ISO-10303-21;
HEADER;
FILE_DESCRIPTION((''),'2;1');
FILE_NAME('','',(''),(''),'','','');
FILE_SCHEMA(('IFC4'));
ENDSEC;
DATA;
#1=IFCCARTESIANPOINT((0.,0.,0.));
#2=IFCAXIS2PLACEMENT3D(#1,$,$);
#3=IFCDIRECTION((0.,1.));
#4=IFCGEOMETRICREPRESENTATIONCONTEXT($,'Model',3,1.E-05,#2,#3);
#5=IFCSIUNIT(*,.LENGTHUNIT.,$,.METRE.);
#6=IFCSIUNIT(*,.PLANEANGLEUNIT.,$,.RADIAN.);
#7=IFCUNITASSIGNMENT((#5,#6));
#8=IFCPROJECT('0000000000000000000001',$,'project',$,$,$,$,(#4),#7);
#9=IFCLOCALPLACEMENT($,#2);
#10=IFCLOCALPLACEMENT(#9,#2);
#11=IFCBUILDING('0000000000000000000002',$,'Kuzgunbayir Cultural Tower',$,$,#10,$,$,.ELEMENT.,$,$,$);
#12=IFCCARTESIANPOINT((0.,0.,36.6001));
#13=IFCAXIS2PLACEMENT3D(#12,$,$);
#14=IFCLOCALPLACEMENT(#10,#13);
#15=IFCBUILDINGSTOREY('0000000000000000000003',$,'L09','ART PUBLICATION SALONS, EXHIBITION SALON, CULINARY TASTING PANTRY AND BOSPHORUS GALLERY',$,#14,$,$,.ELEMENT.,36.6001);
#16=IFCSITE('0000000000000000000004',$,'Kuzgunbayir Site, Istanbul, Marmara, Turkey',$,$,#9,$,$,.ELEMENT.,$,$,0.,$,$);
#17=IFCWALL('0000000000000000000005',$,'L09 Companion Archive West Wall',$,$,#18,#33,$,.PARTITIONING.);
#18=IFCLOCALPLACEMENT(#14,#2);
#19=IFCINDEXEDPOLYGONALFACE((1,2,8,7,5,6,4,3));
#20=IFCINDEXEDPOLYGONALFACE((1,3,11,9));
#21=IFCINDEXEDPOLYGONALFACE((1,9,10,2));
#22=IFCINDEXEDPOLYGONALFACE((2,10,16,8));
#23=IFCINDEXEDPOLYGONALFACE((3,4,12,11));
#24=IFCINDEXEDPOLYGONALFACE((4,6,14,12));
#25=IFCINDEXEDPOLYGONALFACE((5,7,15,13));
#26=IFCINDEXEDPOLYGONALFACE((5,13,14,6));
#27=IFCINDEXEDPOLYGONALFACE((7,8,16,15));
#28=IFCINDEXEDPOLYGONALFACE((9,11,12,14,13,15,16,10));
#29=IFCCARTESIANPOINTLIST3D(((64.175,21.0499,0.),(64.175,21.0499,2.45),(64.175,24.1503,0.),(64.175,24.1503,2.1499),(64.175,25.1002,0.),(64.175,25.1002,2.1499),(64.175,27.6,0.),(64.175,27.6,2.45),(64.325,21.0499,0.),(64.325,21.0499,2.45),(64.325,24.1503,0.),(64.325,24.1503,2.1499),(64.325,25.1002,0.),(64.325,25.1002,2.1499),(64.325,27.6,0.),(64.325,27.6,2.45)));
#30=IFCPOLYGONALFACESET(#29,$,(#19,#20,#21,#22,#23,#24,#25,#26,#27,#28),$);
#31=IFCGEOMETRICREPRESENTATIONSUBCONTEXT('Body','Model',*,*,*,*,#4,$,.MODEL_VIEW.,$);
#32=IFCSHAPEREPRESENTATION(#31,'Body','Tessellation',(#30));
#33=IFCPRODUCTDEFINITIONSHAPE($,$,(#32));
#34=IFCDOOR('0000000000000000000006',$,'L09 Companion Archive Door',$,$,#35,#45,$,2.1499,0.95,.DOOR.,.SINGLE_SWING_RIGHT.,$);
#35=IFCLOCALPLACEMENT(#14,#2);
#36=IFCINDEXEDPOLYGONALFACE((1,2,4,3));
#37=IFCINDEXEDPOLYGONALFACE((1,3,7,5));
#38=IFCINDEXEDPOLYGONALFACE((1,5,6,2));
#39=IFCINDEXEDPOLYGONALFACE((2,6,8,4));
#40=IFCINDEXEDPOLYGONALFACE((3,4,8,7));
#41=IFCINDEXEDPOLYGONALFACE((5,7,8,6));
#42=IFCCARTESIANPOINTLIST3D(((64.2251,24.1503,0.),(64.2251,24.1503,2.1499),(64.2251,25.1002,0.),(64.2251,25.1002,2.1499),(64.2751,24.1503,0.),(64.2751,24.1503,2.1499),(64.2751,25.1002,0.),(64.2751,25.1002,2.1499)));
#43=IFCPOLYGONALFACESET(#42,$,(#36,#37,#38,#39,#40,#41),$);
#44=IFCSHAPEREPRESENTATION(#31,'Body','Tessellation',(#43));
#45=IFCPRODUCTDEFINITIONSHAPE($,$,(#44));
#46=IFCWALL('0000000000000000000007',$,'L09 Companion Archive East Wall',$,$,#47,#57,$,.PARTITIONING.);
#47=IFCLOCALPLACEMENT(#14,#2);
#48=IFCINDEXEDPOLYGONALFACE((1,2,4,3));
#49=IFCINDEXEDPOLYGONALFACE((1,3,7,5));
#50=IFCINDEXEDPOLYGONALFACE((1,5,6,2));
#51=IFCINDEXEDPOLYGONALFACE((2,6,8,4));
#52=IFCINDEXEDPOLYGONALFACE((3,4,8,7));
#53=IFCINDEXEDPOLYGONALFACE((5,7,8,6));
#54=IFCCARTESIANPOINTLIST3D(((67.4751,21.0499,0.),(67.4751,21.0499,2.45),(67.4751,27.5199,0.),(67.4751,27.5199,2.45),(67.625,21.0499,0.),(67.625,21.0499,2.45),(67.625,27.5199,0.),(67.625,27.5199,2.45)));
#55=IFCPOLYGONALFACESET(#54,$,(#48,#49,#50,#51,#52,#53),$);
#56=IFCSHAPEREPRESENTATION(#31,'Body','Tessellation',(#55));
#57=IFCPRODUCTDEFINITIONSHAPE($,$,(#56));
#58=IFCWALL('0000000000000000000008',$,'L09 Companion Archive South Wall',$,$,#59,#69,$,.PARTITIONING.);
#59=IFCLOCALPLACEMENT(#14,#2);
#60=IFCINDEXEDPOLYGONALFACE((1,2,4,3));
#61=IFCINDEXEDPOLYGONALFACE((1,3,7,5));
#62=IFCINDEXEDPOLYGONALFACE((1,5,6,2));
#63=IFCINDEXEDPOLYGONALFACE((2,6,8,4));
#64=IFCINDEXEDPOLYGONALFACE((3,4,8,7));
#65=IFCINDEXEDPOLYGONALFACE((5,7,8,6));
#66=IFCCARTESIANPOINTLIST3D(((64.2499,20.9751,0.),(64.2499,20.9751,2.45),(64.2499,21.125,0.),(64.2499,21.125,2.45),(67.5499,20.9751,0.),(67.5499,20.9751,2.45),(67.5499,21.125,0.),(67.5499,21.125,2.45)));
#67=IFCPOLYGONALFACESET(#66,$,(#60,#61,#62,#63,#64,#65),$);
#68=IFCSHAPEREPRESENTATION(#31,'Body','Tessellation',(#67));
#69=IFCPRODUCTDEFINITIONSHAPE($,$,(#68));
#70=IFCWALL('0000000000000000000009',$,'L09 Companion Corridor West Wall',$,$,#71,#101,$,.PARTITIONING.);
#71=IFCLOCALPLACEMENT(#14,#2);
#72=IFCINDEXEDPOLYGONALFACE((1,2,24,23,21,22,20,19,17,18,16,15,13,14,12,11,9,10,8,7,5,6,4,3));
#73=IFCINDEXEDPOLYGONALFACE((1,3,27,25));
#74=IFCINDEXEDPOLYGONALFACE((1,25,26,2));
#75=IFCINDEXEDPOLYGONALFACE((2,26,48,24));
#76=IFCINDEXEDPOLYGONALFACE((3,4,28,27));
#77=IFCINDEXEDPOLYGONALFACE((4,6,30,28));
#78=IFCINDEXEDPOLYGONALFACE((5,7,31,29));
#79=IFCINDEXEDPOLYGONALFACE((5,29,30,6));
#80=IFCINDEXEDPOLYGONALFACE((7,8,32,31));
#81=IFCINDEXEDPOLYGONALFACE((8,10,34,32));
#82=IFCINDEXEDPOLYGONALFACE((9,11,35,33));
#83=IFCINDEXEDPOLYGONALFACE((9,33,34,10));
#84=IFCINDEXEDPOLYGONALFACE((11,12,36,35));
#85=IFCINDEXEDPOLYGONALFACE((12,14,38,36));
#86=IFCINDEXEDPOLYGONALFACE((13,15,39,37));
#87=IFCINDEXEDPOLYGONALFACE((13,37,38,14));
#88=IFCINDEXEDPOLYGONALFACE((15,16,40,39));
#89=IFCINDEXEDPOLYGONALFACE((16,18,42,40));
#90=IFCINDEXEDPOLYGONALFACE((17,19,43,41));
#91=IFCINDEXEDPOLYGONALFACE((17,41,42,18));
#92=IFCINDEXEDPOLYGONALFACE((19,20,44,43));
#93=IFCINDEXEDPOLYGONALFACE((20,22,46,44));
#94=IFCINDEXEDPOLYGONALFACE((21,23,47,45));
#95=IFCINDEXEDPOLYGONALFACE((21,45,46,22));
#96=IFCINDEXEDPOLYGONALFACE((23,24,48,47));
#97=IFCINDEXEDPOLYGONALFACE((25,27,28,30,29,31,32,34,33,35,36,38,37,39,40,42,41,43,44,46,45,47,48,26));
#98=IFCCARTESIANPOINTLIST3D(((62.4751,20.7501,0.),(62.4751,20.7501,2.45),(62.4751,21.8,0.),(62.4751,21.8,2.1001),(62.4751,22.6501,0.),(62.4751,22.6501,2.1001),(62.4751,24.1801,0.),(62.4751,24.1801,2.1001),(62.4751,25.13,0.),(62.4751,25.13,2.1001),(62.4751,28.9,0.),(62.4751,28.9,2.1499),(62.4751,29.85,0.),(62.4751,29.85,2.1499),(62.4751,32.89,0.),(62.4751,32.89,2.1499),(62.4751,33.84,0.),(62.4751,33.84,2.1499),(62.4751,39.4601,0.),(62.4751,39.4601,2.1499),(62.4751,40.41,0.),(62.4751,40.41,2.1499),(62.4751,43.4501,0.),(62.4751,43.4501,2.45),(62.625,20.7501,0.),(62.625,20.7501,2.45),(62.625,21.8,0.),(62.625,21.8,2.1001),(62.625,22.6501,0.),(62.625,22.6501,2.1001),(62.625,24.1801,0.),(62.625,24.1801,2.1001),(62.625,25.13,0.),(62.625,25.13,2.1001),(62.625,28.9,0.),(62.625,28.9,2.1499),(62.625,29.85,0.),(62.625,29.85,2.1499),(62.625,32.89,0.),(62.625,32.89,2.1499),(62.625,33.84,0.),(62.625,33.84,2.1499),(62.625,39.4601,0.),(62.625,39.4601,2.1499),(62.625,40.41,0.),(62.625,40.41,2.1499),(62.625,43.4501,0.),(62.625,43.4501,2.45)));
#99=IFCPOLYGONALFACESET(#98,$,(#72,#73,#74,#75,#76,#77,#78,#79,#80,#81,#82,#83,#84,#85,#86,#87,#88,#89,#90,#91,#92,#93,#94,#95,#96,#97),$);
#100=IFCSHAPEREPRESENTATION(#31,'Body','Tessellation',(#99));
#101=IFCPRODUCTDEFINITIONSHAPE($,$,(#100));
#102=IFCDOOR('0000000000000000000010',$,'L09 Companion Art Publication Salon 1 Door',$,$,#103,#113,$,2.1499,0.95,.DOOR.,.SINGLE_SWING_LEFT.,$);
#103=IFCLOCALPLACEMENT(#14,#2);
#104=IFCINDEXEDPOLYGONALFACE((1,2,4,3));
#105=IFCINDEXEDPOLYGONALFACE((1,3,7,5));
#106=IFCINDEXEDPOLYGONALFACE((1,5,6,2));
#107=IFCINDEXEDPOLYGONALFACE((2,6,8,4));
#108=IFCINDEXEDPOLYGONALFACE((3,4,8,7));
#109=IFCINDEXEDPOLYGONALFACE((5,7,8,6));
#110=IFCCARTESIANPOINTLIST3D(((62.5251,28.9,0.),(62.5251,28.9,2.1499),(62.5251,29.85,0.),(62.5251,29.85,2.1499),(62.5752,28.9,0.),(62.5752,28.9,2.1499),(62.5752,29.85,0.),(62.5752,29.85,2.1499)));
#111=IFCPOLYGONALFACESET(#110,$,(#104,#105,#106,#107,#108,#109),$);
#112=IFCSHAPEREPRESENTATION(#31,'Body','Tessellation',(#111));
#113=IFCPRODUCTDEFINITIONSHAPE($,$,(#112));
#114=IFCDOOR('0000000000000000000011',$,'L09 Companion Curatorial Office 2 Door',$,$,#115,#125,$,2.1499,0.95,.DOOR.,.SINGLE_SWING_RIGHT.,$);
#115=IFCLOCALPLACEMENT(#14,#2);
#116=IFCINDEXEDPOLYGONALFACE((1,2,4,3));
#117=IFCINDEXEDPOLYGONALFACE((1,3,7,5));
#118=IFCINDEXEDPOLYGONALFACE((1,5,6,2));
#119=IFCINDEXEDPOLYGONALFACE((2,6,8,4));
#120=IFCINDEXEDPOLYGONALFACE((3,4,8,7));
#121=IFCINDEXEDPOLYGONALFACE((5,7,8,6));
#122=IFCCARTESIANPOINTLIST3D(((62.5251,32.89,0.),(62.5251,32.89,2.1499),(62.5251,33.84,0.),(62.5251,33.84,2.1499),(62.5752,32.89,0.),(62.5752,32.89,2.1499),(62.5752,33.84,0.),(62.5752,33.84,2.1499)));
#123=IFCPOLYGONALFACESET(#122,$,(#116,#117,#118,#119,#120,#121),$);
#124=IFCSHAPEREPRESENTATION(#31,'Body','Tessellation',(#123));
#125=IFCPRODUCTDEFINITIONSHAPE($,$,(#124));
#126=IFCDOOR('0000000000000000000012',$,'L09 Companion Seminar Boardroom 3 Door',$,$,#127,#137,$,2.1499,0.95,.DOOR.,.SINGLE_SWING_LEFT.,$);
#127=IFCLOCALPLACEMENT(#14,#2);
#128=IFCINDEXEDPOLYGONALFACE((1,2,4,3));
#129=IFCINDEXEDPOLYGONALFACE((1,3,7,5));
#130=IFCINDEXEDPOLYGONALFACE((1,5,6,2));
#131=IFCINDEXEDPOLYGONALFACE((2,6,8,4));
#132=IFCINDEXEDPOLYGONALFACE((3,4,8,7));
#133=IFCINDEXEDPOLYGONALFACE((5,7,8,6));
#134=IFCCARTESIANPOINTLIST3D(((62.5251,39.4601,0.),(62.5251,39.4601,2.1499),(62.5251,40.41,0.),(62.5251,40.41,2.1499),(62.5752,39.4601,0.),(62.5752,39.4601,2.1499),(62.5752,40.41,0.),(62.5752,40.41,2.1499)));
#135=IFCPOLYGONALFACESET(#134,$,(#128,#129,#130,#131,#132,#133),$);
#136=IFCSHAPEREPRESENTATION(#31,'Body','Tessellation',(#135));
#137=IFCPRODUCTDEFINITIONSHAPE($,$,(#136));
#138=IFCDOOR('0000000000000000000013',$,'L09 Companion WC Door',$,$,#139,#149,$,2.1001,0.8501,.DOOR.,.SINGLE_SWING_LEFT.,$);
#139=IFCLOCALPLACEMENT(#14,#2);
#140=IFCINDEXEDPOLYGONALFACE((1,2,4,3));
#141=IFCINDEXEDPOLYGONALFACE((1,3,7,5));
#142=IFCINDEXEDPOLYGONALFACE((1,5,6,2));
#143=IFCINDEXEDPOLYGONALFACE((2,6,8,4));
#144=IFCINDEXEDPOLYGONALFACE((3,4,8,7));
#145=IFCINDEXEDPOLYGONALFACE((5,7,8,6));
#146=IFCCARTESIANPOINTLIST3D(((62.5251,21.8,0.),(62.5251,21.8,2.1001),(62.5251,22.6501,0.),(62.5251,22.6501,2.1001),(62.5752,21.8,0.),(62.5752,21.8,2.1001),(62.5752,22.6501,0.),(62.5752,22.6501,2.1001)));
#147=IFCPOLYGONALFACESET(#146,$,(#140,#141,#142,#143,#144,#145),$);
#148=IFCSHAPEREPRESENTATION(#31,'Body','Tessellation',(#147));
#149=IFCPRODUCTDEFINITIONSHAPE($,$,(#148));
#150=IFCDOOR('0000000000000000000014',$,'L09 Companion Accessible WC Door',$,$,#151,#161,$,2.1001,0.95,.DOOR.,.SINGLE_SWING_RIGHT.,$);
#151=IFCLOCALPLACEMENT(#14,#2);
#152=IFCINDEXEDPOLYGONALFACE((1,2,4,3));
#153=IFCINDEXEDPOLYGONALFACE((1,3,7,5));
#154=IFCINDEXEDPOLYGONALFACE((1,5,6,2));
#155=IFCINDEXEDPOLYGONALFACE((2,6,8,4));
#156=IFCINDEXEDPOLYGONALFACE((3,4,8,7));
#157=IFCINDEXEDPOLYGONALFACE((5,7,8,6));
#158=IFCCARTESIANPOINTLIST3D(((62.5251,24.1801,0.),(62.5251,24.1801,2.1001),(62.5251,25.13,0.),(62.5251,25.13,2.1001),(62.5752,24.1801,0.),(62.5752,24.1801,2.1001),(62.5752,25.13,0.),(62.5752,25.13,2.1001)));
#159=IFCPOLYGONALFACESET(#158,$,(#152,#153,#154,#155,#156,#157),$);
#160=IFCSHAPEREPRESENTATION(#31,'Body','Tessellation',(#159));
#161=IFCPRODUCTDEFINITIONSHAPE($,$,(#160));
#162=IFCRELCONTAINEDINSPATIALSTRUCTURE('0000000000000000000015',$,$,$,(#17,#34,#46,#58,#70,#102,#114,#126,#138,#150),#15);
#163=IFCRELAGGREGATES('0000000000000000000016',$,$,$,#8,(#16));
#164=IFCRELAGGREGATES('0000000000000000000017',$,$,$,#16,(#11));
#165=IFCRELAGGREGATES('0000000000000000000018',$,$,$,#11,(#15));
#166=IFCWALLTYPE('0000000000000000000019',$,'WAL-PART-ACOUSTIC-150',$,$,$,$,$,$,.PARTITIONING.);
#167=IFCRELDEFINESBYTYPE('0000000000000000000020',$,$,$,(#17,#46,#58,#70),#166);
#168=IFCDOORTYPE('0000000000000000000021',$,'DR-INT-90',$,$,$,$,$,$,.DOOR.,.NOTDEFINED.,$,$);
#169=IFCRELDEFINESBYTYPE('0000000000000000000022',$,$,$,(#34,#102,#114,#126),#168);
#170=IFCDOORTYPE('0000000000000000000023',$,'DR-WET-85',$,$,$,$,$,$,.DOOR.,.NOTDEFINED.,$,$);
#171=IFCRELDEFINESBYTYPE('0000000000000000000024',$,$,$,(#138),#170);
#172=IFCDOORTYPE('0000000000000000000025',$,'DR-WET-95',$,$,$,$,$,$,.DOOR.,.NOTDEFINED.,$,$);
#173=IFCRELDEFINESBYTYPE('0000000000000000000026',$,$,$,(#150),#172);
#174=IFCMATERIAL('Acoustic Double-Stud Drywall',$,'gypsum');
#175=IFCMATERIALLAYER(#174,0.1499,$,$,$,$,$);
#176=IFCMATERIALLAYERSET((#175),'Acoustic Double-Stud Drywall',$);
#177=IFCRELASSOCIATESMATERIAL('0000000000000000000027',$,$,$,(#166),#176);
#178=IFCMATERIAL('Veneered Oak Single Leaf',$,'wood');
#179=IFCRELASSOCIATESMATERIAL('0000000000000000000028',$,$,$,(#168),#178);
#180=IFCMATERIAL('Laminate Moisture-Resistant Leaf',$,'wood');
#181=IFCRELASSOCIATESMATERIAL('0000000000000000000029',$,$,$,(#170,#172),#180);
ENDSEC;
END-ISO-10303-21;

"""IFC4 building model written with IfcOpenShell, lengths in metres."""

from ifc_helpers import new_model, si_unit, direction, frame, frame_2d, origin, place, context, subcontext, project, spatial, rectangle, extrude, material, layer, layer_set, type_object, element, fill, save


model = new_model("IFC4")

# Units and contexts
model_context = context("Model", 3, precision=1e-05, world=origin(), true_north=direction((0.0, 1.0)))
body_context = subcontext(model_context, "Body", "Model", "MODEL_VIEW")
ifc_project = project(units=[si_unit("LENGTHUNIT", "METRE"), si_unit("PLANEANGLEUNIT", "RADIAN")], contexts=[model_context])

# Site, building, storey
site_placement = place(None, origin())
site = spatial("IfcSite", under=ifc_project, at=site_placement, Name="Kuzgunbayir Site, Istanbul, Marmara, Turkey", CompositionType="ELEMENT", RefElevation=0.0)
building_placement = place(site_placement, origin())
building = spatial("IfcBuilding", under=site, at=building_placement, Name="Kuzgunbayir Cultural Tower", CompositionType="ELEMENT")
storey_placement = place(building_placement, frame((0.0, 0.0, 36.6001)))
storey = spatial("IfcBuildingStorey", under=building, at=storey_placement, Name="L09", Description="ART PUBLICATION SALONS, EXHIBITION SALON, CULINARY TASTING PANTRY AND BOSPHORUS GALLERY", CompositionType="ELEMENT", Elevation=36.6001)

# Wall, opening, door
ifc_material_1 = material(Name="Acoustic Double-Stud Drywall", Category="gypsum")
ifc_layer_1 = layer(ifc_material_1, 0.1499)
ifc_layer_set_1 = layer_set([ifc_layer_1], Name="Acoustic Double-Stud Drywall")
wall_type_1 = type_object("IfcWallType", Name="WAL-PART-ACOUSTIC-150", PredefinedType="PARTITIONING", material=ifc_layer_set_1)
wall_1_placement = place(storey_placement, frame((64.25, 21.05, 0.0), z_axis=(0.0, 0.0, 1.0), x_axis=(0.0, 1.0, 0.0)))
wall_1 = element("IfcWall", 1, at=wall_1_placement, inside=storey, type_object=wall_type_1, Name="L09 Companion Archive West Wall", PredefinedType="PARTITIONING", context=body_context, shape_type="SweptSolid", body=[
    extrude(rectangle(XDim=6.55, YDim=0.1499, at=frame_2d((3.2749, 0.0))), origin(), (0.0, 0.0, 1.0), 2.45),
])
opening_1_placement = place(wall_1_placement, frame((3.1001, 0.0, 0.0)))
opening_1 = element("IfcOpeningElement", 2, at=opening_1_placement, cuts=wall_1, PredefinedType="OPENING", context=body_context, shape_type="SweptSolid", body=[
    extrude(rectangle(XDim=0.95, YDim=2.1499, at=frame_2d((0.4751, 1.075))), frame((0.0, 0.085, 0.0), z_axis=(0.0, -1.0, 0.0), x_axis=(1.0, 0.0, 0.0)), (0.0, 0.0, 1.0), 0.1699),
])
ifc_material_2 = material(Name="Veneered Oak Single Leaf", Category="wood")
door_type_1 = type_object("IfcDoorType", Name="DR-INT-90", OperationType="NOTDEFINED", PredefinedType="DOOR", material=ifc_material_2)
door_1_placement = place(opening_1_placement, origin())
door_1 = element("IfcDoor", 3, at=door_1_placement, inside=storey, type_object=door_type_1, Name="L09 Companion Archive Door", OperationType="SINGLE_SWING_RIGHT", OverallHeight=2.1499, OverallWidth=0.95, PredefinedType="DOOR", context=body_context, shape_type="SweptSolid", body=[
    extrude(rectangle(XDim=0.95, YDim=2.1499, at=frame_2d((0.4751, 1.075))), frame((0.0, 0.0249, 0.0), z_axis=(0.0, -1.0, 0.0), x_axis=(1.0, 0.0, 0.0)), (0.0, 0.0, 1.0), 0.05),
])
fill(opening_1, door_1)

# Walls
wall_2_placement = place(storey_placement, frame((67.55, 21.05, 0.0), z_axis=(0.0, 0.0, 1.0), x_axis=(0.0, 1.0, 0.0)))
element("IfcWall", 4, at=wall_2_placement, inside=storey, type_object=wall_type_1, Name="L09 Companion Archive East Wall", PredefinedType="PARTITIONING", context=body_context, shape_type="SweptSolid", body=[
    extrude(rectangle(XDim=6.47, YDim=0.1499, at=frame_2d((3.2349, 0.0))), origin(), (0.0, 0.0, 1.0), 2.45),
])
wall_3_placement = place(storey_placement, frame((64.25, 21.05, 0.0), z_axis=(0.0, 0.0, 1.0), x_axis=(1.0, 0.0, 0.0)))
element("IfcWall", 5, at=wall_3_placement, inside=storey, type_object=wall_type_1, Name="L09 Companion Archive South Wall", PredefinedType="PARTITIONING", context=body_context, shape_type="SweptSolid", body=[
    extrude(rectangle(XDim=3.3, YDim=0.1499, at=frame_2d((1.6499, 0.0))), origin(), (0.0, 0.0, 1.0), 2.45),
])

# Wall, openings, doors
wall_4_placement = place(storey_placement, frame((62.55, 20.75, 0.0), z_axis=(0.0, 0.0, 1.0), x_axis=(0.0, 1.0, 0.0)))
wall_4 = element("IfcWall", 6, at=wall_4_placement, inside=storey, type_object=wall_type_1, Name="L09 Companion Corridor West Wall", PredefinedType="PARTITIONING", context=body_context, shape_type="SweptSolid", body=[
    extrude(rectangle(XDim=22.7, YDim=0.1499, at=frame_2d((11.3501, 0.0))), origin(), (0.0, 0.0, 1.0), 2.45),
])
opening_2_placement = place(wall_4_placement, frame((1.05, 0.0, 0.0)))
opening_2 = element("IfcOpeningElement", 7, at=opening_2_placement, cuts=wall_4, PredefinedType="OPENING", context=body_context, shape_type="SweptSolid", body=[
    extrude(rectangle(XDim=0.8501, YDim=2.1001, at=frame_2d((0.425, 1.05))), frame((0.0, 0.085, 0.0), z_axis=(0.0, -1.0, 0.0), x_axis=(1.0, 0.0, 0.0)), (0.0, 0.0, 1.0), 0.1699),
])
opening_3_placement = place(wall_4_placement, frame((3.4299, 0.0, 0.0)))
opening_3 = element("IfcOpeningElement", 8, at=opening_3_placement, cuts=wall_4, PredefinedType="OPENING", context=body_context, shape_type="SweptSolid", body=[
    extrude(rectangle(XDim=0.95, YDim=2.1001, at=frame_2d((0.4751, 1.05))), frame((0.0, 0.085, 0.0), z_axis=(0.0, -1.0, 0.0), x_axis=(1.0, 0.0, 0.0)), (0.0, 0.0, 1.0), 0.1699),
])
opening_4_placement = place(wall_4_placement, frame((8.1499, 0.0, 0.0)))
opening_4 = element("IfcOpeningElement", 9, at=opening_4_placement, cuts=wall_4, PredefinedType="OPENING", context=body_context, shape_type="SweptSolid", body=[
    extrude(rectangle(XDim=0.95, YDim=2.1499, at=frame_2d((0.4751, 1.075))), frame((0.0, 0.085, 0.0), z_axis=(0.0, -1.0, 0.0), x_axis=(1.0, 0.0, 0.0)), (0.0, 0.0, 1.0), 0.1699),
])
opening_5_placement = place(wall_4_placement, frame((12.1399, 0.0, 0.0)))
opening_5 = element("IfcOpeningElement", 10, at=opening_5_placement, cuts=wall_4, PredefinedType="OPENING", context=body_context, shape_type="SweptSolid", body=[
    extrude(rectangle(XDim=0.95, YDim=2.1499, at=frame_2d((0.4751, 1.075))), frame((0.0, 0.085, 0.0), z_axis=(0.0, -1.0, 0.0), x_axis=(1.0, 0.0, 0.0)), (0.0, 0.0, 1.0), 0.1699),
])
opening_6_placement = place(wall_4_placement, frame((18.71, 0.0, 0.0)))
opening_6 = element("IfcOpeningElement", 11, at=opening_6_placement, cuts=wall_4, PredefinedType="OPENING", context=body_context, shape_type="SweptSolid", body=[
    extrude(rectangle(XDim=0.95, YDim=2.1499, at=frame_2d((0.4751, 1.075))), frame((0.0, 0.085, 0.0), z_axis=(0.0, -1.0, 0.0), x_axis=(1.0, 0.0, 0.0)), (0.0, 0.0, 1.0), 0.1699),
])
door_2_placement = place(opening_4_placement, origin())
door_2 = element("IfcDoor", 12, at=door_2_placement, inside=storey, type_object=door_type_1, Name="L09 Companion Art Publication Salon 1 Door", OperationType="SINGLE_SWING_LEFT", OverallHeight=2.1499, OverallWidth=0.95, PredefinedType="DOOR", context=body_context, shape_type="SweptSolid", body=[
    extrude(rectangle(XDim=0.95, YDim=2.1499, at=frame_2d((0.4751, 1.075))), frame((0.0, 0.0249, 0.0), z_axis=(0.0, -1.0, 0.0), x_axis=(1.0, 0.0, 0.0)), (0.0, 0.0, 1.0), 0.05),
])
fill(opening_4, door_2)
door_3_placement = place(opening_5_placement, origin())
door_3 = element("IfcDoor", 13, at=door_3_placement, inside=storey, type_object=door_type_1, Name="L09 Companion Curatorial Office 2 Door", OperationType="SINGLE_SWING_RIGHT", OverallHeight=2.1499, OverallWidth=0.95, PredefinedType="DOOR", context=body_context, shape_type="SweptSolid", body=[
    extrude(rectangle(XDim=0.95, YDim=2.1499, at=frame_2d((0.4751, 1.075))), frame((0.0, 0.0249, 0.0), z_axis=(0.0, -1.0, 0.0), x_axis=(1.0, 0.0, 0.0)), (0.0, 0.0, 1.0), 0.05),
])
fill(opening_5, door_3)
door_4_placement = place(opening_6_placement, origin())
door_4 = element("IfcDoor", 14, at=door_4_placement, inside=storey, type_object=door_type_1, Name="L09 Companion Seminar Boardroom 3 Door", OperationType="SINGLE_SWING_LEFT", OverallHeight=2.1499, OverallWidth=0.95, PredefinedType="DOOR", context=body_context, shape_type="SweptSolid", body=[
    extrude(rectangle(XDim=0.95, YDim=2.1499, at=frame_2d((0.4751, 1.075))), frame((0.0, 0.0249, 0.0), z_axis=(0.0, -1.0, 0.0), x_axis=(1.0, 0.0, 0.0)), (0.0, 0.0, 1.0), 0.05),
])
fill(opening_6, door_4)
ifc_material_3 = material(Name="Laminate Moisture-Resistant Leaf", Category="wood")
door_type_2 = type_object("IfcDoorType", Name="DR-WET-85", OperationType="NOTDEFINED", PredefinedType="DOOR", material=ifc_material_3)
door_5_placement = place(opening_2_placement, origin())
door_5 = element("IfcDoor", 15, at=door_5_placement, inside=storey, type_object=door_type_2, Name="L09 Companion WC Door", OperationType="SINGLE_SWING_LEFT", OverallHeight=2.1001, OverallWidth=0.8501, PredefinedType="DOOR", context=body_context, shape_type="SweptSolid", body=[
    extrude(rectangle(XDim=0.8501, YDim=2.1001, at=frame_2d((0.425, 1.05))), frame((0.0, 0.0249, 0.0), z_axis=(0.0, -1.0, 0.0), x_axis=(1.0, 0.0, 0.0)), (0.0, 0.0, 1.0), 0.05),
])
fill(opening_2, door_5)
door_type_3 = type_object("IfcDoorType", Name="DR-WET-95", OperationType="NOTDEFINED", PredefinedType="DOOR", material=ifc_material_3)
door_6_placement = place(opening_3_placement, origin())
door_6 = element("IfcDoor", 16, at=door_6_placement, inside=storey, type_object=door_type_3, Name="L09 Companion Accessible WC Door", OperationType="SINGLE_SWING_RIGHT", OverallHeight=2.1001, OverallWidth=0.95, PredefinedType="DOOR", context=body_context, shape_type="SweptSolid", body=[
    extrude(rectangle(XDim=0.95, YDim=2.1001, at=frame_2d((0.4751, 1.05))), frame((0.0, 0.0249, 0.0), z_axis=(0.0, -1.0, 0.0), x_axis=(1.0, 0.0, 0.0)), (0.0, 0.0, 1.0), 0.05),
])
fill(opening_3, door_6)

save(model, "model.ifc")
